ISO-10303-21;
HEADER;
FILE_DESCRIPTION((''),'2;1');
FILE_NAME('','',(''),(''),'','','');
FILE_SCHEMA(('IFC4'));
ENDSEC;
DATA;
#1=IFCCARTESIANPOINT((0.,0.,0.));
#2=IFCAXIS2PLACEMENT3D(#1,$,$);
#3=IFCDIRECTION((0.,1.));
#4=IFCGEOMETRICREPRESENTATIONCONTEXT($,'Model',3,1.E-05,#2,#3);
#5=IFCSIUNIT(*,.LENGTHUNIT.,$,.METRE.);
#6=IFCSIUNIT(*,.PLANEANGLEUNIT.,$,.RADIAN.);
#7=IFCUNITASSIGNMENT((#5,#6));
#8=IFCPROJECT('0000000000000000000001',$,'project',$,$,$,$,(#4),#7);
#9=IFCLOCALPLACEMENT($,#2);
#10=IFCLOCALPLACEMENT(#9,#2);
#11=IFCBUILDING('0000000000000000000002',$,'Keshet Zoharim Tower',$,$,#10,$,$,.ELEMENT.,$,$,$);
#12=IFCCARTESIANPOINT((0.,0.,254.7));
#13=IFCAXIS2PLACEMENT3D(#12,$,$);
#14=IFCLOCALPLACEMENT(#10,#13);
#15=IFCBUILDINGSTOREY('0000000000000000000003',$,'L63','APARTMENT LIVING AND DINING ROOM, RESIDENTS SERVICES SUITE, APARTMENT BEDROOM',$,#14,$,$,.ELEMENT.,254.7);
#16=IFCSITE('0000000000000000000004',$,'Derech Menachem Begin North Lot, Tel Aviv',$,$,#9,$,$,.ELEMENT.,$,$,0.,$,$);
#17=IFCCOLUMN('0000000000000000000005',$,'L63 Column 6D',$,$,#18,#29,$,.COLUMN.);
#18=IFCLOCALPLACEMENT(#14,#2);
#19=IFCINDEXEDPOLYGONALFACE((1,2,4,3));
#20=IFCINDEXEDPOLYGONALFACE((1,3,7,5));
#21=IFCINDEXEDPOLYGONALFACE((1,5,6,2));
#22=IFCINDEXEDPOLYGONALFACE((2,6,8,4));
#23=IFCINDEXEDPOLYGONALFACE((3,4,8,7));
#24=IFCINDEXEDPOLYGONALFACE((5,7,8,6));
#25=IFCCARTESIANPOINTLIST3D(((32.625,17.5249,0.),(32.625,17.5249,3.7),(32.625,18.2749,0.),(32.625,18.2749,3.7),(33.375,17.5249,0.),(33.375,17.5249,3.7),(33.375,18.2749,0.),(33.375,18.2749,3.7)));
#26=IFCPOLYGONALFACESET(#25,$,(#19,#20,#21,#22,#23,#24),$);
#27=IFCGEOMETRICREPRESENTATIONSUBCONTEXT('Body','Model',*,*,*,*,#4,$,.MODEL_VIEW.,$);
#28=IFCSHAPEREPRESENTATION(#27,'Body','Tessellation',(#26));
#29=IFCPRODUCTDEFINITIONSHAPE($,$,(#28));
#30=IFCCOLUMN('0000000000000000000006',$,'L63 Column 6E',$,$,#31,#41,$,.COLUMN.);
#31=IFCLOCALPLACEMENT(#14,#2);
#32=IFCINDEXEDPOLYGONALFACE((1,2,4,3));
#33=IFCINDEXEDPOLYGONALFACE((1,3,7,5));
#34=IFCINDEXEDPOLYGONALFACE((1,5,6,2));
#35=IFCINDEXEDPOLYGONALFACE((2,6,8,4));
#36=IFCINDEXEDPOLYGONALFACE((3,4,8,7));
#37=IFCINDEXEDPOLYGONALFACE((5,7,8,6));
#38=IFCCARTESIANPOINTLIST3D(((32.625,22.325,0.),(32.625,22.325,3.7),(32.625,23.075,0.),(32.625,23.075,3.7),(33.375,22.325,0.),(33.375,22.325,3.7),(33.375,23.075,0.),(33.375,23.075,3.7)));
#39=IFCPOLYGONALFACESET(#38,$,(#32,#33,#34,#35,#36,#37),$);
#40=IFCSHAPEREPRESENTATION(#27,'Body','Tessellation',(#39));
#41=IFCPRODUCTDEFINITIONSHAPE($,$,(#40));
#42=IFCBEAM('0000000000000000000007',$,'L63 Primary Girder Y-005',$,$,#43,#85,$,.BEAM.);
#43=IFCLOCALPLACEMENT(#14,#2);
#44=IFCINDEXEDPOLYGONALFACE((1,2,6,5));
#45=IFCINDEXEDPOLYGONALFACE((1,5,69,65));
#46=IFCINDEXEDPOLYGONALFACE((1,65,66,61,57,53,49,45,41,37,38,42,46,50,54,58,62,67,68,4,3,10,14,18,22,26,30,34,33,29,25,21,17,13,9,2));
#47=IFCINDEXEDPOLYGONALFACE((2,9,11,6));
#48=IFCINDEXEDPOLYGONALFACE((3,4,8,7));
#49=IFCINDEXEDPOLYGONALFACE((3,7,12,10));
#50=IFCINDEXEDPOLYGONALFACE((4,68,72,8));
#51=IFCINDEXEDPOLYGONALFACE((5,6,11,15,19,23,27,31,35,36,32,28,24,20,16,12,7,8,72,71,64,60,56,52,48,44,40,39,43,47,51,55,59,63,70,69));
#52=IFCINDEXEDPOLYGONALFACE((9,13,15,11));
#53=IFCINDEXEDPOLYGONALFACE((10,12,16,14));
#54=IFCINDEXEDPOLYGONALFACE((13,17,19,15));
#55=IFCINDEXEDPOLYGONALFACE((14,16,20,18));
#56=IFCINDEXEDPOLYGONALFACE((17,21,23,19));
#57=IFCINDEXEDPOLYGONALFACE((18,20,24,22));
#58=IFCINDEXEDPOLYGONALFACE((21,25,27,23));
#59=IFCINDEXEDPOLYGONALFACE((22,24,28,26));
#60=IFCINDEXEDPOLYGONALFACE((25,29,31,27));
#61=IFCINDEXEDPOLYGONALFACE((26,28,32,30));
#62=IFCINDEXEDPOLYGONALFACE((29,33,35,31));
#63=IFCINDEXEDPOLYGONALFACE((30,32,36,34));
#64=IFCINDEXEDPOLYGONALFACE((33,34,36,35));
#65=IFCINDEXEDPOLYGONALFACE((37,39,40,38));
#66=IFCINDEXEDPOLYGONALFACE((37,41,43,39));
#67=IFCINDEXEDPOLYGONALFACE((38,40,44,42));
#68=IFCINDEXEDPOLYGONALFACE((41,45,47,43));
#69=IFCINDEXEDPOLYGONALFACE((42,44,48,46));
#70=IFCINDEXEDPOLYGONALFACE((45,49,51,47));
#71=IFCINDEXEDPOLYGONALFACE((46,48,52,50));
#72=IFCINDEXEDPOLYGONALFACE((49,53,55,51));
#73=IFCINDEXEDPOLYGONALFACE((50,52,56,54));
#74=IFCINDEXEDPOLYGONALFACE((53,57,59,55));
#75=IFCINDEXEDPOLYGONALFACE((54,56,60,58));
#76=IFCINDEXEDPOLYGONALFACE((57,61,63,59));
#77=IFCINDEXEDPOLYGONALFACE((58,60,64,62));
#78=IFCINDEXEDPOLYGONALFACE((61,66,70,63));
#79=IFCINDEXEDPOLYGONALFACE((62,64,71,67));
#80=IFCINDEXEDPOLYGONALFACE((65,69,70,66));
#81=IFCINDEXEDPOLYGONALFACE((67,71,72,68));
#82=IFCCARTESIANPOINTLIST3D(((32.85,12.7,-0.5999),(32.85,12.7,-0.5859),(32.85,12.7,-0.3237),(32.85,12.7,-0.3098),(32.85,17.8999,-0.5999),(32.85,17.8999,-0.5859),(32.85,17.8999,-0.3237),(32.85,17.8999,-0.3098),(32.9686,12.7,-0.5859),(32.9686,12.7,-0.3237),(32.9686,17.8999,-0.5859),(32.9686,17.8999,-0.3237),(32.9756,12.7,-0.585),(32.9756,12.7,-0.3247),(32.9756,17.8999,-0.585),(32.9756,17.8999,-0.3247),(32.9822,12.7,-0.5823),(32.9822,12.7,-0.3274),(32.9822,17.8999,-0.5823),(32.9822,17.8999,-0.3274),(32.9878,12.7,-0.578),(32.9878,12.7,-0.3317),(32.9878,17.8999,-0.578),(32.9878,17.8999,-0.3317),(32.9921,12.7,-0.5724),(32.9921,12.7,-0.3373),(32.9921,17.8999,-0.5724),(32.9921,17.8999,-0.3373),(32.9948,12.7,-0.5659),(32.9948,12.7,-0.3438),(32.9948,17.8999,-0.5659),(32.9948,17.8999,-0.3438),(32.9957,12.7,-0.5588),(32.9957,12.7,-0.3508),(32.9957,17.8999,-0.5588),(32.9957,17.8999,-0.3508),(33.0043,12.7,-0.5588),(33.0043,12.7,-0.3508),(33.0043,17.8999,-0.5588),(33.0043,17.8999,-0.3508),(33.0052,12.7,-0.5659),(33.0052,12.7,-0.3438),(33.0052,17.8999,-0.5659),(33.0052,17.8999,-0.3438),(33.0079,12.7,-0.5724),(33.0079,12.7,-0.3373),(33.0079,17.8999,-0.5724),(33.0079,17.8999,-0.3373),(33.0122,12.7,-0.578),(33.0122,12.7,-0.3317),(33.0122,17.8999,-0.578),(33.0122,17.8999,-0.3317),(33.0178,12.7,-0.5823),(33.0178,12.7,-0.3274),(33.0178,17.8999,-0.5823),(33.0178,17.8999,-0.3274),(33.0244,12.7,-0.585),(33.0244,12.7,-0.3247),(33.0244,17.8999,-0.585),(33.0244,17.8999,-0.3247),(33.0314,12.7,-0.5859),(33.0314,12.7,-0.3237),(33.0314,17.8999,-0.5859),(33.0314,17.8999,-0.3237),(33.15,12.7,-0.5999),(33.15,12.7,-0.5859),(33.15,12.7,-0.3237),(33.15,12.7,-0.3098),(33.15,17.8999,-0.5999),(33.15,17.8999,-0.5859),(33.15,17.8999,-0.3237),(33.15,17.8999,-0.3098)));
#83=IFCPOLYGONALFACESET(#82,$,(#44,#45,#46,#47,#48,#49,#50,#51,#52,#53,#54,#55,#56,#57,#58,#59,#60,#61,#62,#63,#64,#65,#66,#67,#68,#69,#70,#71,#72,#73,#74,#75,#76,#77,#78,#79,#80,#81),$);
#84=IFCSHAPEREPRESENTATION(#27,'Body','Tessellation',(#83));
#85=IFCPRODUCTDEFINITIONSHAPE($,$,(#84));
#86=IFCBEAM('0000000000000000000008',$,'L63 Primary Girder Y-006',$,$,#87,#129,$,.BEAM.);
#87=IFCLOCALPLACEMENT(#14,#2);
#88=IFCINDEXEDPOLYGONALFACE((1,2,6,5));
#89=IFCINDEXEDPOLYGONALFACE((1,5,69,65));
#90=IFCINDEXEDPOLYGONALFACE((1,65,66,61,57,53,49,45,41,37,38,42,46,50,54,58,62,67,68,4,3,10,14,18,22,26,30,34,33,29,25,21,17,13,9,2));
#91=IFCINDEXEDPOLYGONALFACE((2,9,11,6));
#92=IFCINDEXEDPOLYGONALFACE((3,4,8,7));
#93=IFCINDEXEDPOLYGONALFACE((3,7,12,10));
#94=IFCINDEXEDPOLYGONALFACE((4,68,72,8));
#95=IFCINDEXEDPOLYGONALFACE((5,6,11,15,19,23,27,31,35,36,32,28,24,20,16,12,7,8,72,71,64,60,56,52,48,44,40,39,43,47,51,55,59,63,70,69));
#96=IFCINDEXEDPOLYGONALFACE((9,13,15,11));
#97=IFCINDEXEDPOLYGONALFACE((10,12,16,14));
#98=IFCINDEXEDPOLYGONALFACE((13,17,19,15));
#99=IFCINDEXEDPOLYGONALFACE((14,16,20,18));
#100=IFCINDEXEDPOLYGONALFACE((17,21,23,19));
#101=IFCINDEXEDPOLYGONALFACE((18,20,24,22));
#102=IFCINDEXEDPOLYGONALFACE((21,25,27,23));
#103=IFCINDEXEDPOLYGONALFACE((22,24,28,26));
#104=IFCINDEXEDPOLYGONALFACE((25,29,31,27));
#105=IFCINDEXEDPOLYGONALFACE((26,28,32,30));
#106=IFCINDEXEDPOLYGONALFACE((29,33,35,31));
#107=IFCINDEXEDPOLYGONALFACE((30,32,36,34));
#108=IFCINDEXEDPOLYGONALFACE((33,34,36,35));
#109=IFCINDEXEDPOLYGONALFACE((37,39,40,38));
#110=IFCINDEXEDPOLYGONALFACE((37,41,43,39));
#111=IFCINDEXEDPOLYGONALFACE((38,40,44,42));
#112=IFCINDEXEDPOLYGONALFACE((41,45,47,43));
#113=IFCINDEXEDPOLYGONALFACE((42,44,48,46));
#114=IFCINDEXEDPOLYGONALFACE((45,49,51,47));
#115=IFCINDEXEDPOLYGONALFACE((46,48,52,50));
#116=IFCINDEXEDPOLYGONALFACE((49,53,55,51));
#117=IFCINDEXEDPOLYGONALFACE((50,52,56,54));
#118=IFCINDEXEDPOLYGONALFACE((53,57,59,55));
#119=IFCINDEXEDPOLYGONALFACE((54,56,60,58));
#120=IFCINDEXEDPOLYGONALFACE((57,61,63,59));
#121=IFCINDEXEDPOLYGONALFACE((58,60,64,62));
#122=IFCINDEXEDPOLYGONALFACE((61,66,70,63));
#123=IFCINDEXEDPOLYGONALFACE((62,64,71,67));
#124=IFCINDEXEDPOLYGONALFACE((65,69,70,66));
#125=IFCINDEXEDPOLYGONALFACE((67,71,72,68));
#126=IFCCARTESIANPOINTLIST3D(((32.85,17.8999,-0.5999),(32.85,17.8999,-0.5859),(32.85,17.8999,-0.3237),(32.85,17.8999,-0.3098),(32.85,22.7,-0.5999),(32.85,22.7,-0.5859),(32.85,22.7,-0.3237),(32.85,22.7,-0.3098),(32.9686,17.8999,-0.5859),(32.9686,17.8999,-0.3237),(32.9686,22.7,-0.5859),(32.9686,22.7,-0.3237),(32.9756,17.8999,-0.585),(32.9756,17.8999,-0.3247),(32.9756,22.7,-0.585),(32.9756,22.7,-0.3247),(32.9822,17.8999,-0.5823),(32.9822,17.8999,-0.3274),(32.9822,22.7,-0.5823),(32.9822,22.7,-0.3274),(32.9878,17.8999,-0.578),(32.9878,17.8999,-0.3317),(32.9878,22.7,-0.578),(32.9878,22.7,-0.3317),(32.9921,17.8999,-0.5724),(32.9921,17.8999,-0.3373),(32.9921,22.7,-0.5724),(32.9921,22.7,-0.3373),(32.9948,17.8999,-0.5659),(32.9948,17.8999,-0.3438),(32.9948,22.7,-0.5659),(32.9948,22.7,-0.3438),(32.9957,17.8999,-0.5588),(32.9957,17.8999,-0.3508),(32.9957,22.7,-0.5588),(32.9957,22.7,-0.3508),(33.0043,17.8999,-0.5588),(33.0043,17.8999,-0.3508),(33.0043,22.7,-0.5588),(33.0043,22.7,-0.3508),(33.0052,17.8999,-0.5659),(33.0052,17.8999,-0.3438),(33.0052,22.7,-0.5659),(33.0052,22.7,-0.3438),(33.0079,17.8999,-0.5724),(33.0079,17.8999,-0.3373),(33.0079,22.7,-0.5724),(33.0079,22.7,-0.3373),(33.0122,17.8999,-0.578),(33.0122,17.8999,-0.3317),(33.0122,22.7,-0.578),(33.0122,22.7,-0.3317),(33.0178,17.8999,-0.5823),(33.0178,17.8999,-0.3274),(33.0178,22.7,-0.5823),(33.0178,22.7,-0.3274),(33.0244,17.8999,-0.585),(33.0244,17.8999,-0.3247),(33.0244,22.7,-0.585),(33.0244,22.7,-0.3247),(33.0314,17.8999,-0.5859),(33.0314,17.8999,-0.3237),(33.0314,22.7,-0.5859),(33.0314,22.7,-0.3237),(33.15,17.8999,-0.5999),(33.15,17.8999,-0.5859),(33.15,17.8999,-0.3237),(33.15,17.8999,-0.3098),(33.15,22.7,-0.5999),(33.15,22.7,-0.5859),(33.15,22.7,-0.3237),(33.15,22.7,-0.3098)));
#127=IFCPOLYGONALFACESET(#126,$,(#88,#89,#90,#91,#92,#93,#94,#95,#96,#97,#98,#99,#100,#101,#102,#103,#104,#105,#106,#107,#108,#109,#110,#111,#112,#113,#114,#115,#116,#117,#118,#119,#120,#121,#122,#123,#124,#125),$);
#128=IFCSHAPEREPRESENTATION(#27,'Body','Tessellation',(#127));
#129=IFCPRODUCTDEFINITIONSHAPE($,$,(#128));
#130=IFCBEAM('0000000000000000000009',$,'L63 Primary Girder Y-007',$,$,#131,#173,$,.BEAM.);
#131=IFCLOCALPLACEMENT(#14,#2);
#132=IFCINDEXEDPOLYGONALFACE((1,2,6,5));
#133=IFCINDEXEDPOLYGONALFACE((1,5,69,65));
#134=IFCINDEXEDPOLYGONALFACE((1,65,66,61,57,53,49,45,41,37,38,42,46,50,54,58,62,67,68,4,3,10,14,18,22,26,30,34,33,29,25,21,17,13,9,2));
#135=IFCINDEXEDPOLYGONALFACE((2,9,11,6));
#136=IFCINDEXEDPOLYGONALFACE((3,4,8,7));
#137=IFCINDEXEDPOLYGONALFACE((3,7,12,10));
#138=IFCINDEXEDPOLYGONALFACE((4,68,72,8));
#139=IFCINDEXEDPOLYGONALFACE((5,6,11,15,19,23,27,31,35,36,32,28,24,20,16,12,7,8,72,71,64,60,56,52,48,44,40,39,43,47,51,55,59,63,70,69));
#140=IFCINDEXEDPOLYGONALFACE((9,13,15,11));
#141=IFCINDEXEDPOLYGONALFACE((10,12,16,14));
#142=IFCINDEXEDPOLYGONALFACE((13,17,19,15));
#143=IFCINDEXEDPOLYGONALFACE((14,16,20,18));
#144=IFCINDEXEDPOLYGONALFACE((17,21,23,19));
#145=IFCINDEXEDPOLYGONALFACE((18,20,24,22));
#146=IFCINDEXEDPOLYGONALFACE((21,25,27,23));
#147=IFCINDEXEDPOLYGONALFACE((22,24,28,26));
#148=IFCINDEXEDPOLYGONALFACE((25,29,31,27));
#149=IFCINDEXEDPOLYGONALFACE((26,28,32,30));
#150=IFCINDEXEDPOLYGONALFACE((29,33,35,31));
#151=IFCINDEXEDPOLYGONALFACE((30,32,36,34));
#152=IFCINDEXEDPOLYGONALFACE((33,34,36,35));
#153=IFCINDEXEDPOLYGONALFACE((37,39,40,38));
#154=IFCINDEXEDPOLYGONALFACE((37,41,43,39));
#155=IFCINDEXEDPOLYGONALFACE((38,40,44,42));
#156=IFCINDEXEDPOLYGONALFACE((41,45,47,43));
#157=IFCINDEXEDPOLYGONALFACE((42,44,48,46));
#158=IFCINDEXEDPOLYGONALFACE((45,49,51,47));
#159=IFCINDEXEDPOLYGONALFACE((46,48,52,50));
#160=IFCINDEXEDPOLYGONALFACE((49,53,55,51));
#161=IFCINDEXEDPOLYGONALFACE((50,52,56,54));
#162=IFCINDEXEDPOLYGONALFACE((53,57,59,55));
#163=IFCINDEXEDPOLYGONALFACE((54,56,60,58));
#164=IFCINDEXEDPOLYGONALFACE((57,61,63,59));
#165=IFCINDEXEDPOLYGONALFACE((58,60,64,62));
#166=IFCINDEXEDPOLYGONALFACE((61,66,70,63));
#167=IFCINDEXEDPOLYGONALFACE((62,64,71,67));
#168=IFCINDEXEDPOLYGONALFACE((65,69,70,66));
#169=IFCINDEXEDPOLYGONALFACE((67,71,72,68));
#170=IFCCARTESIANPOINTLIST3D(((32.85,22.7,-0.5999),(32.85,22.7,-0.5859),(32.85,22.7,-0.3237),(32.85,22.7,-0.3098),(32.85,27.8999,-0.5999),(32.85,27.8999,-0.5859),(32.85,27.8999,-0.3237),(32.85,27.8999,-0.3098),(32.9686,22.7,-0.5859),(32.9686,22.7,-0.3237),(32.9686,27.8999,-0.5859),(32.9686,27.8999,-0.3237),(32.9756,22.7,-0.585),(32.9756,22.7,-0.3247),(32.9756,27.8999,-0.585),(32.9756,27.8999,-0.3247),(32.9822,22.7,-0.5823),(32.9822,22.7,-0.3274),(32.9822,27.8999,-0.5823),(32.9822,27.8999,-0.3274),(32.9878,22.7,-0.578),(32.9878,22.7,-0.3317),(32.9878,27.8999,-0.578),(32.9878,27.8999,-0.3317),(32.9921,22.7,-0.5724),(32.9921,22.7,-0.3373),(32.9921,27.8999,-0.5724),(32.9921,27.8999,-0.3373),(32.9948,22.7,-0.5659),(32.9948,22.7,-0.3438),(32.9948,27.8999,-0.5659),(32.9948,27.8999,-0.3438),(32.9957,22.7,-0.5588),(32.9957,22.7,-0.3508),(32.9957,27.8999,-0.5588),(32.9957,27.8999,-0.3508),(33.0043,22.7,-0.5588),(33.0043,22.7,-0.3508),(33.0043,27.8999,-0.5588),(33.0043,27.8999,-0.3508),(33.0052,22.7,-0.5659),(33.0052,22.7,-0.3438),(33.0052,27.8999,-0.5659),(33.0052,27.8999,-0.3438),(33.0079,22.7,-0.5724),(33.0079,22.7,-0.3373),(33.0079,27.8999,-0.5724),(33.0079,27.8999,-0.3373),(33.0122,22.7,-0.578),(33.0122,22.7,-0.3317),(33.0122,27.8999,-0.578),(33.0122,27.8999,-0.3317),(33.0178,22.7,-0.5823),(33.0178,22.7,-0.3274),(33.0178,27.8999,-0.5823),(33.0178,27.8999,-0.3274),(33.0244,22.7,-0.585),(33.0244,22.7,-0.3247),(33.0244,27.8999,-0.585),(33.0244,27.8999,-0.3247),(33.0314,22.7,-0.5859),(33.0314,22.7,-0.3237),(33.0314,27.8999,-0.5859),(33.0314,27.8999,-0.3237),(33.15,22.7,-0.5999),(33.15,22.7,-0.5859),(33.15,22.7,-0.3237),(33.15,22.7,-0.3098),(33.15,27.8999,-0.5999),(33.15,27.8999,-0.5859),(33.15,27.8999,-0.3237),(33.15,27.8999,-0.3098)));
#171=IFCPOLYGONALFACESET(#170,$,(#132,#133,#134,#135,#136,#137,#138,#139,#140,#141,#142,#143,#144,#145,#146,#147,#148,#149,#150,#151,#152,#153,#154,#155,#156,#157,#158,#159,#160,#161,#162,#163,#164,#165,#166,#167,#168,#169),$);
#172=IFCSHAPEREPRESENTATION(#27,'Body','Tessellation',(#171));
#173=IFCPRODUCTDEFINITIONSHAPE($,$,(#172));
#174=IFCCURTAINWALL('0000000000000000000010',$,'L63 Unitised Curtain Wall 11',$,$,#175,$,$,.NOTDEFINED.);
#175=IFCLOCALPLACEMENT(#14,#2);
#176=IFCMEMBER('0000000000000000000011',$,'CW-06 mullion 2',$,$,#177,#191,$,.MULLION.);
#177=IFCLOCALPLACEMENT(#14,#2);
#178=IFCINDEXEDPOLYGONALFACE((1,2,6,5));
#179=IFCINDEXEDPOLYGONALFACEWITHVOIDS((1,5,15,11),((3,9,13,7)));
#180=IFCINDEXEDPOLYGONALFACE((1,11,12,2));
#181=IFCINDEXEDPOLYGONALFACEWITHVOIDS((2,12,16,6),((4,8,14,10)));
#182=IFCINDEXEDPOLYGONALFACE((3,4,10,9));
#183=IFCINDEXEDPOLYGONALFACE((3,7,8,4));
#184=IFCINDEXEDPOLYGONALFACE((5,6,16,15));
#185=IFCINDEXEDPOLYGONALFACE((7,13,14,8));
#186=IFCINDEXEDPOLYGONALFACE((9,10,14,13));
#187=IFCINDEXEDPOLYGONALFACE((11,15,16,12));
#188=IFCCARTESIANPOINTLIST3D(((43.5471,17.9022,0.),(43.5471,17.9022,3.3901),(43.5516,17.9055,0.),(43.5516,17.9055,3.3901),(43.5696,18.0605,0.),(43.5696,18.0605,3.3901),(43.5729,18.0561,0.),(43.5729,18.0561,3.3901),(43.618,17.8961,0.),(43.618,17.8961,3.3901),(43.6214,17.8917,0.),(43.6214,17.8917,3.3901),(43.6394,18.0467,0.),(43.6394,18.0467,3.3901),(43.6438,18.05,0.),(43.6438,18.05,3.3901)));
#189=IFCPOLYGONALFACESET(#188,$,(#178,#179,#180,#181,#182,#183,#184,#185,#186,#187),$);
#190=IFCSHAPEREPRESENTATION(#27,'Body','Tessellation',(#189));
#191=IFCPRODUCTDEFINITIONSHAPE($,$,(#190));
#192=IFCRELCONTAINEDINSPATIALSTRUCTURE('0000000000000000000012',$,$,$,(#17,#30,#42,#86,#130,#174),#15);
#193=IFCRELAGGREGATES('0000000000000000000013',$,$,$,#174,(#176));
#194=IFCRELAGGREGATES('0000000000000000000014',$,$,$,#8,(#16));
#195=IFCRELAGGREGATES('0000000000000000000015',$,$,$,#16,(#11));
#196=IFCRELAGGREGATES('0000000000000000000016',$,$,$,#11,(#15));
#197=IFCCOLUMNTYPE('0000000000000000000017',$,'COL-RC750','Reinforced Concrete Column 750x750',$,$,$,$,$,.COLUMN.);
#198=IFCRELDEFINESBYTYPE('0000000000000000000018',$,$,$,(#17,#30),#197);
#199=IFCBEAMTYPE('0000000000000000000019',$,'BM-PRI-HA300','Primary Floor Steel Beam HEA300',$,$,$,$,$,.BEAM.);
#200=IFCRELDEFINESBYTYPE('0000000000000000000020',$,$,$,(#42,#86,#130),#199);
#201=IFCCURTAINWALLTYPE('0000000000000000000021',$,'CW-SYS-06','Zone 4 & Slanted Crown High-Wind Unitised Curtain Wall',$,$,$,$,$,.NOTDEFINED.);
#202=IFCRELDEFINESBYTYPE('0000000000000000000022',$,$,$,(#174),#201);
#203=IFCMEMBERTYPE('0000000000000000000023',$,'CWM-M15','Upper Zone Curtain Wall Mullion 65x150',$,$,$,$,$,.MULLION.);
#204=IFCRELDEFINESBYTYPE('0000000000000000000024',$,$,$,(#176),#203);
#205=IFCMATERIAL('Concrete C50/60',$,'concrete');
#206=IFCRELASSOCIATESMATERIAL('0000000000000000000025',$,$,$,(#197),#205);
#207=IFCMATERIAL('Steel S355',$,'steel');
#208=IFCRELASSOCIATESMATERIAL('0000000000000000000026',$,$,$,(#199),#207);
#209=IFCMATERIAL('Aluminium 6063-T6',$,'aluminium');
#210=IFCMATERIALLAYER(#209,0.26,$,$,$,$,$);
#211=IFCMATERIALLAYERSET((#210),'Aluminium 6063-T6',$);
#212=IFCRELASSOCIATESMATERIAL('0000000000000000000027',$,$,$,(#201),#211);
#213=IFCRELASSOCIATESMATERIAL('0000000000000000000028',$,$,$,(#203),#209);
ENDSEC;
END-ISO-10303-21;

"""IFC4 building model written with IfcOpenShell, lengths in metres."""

from ifc_helpers import new_model, si_unit, direction, frame, origin, origin_2d, place, context, subcontext, project, spatial, rectangle, hollow_rectangle, i_section, extrude, material, layer, layer_set, material_profile, profile_set, type_object, element, aggregate, save


model = new_model("IFC4")

# Units and contexts
model_context = context("Model", 3, precision=1e-05, world=origin(), true_north=direction((0.0, 1.0)))
body_context = subcontext(model_context, "Body", "Model", "MODEL_VIEW")
ifc_project = project(units=[si_unit("LENGTHUNIT", "METRE"), si_unit("PLANEANGLEUNIT", "RADIAN")], contexts=[model_context])

# Site, building, storey
site_placement = place(None, origin())
site = spatial("IfcSite", under=ifc_project, at=site_placement, Name="Derech Menachem Begin North Lot, Tel Aviv", CompositionType="ELEMENT", RefElevation=0.0)
building_placement = place(site_placement, origin())
building = spatial("IfcBuilding", under=site, at=building_placement, Name="Keshet Zoharim Tower", CompositionType="ELEMENT")
storey_placement = place(building_placement, frame((0.0, 0.0, 254.7)))
storey = spatial("IfcBuildingStorey", under=building, at=storey_placement, Name="L63", Description="APARTMENT LIVING AND DINING ROOM, RESIDENTS SERVICES SUITE, APARTMENT BEDROOM", CompositionType="ELEMENT", Elevation=254.7)

# Columns
ifc_material_1 = material(Name="Concrete C50/60", Category="concrete")
ifc_material_profile_1 = material_profile(ifc_material_1, rectangle(XDim=0.75, YDim=0.75, at=origin_2d()), Name="RC750x750")
ifc_profile_set_1 = profile_set([ifc_material_profile_1], Name="Concrete C50/60")
column_type = type_object("IfcColumnType", Name="COL-RC750", Description="Reinforced Concrete Column 750x750", PredefinedType="COLUMN", material=ifc_profile_set_1)
for number, where, z_axis, x_axis, name in (
    (1, (33.0, 17.8999, 0.0), (0.0, 0.0, 1.0), (1.0, 0.0, 0.0), "L63 Column 6D"),
    (2, (33.0, 22.7, 0.0), (0.0, 0.0, 1.0), (1.0, 0.0, 0.0), "L63 Column 6E"),
):
    element("IfcColumn", number, at=place(storey_placement, frame(where, z_axis=z_axis, x_axis=x_axis)), inside=storey, type_object=column_type, Name=name, PredefinedType="COLUMN", context=body_context, shape_type="SweptSolid", body=[
        extrude(rectangle(XDim=0.75, YDim=0.75, at=origin_2d()), origin(), (0.0, 0.0, 1.0), 3.7),
    ])

# Beams
ifc_material_2 = material(Name="Steel S355", Category="steel")
ifc_material_profile_2 = material_profile(ifc_material_2, i_section(OverallWidth=0.3, OverallDepth=0.29, WebThickness=0.0085, FlangeThickness=0.0139, FilletRadius=0.0271, at=origin_2d()), Name="HEA300")
ifc_profile_set_2 = profile_set([ifc_material_profile_2], Name="Steel S355")
beam_type = type_object("IfcBeamType", Name="BM-PRI-HA300", Description="Primary Floor Steel Beam HEA300", PredefinedType="BEAM", material=ifc_profile_set_2)
beam_1_placement = place(storey_placement, frame((33.0, 12.7, -0.4548), z_axis=(0.0, 1.0, 0.0), x_axis=(-1.0, 0.0, 0.0)))
element("IfcBeam", 3, at=beam_1_placement, inside=storey, type_object=beam_type, Name="L63 Primary Girder Y-005", PredefinedType="BEAM", context=body_context, shape_type="SweptSolid", body=[
    extrude(i_section(OverallWidth=0.3, OverallDepth=0.29, WebThickness=0.0085, FlangeThickness=0.0139, FilletRadius=0.0271, at=origin_2d()), origin(), (0.0, 0.0, 1.0), 5.2),
])
beam_2_placement = place(storey_placement, frame((33.0, 17.8999, -0.4548), z_axis=(0.0, 1.0, 0.0), x_axis=(-1.0, 0.0, 0.0)))
element("IfcBeam", 4, at=beam_2_placement, inside=storey, type_object=beam_type, Name="L63 Primary Girder Y-006", PredefinedType="BEAM", context=body_context, shape_type="SweptSolid", body=[
    extrude(i_section(OverallWidth=0.3, OverallDepth=0.29, WebThickness=0.0085, FlangeThickness=0.0139, FilletRadius=0.0271, at=origin_2d()), origin(), (0.0, 0.0, 1.0), 4.8),
])
beam_3_placement = place(storey_placement, frame((33.0, 22.7, -0.4548), z_axis=(0.0, 1.0, 0.0), x_axis=(-1.0, 0.0, 0.0)))
element("IfcBeam", 5, at=beam_3_placement, inside=storey, type_object=beam_type, Name="L63 Primary Girder Y-007", PredefinedType="BEAM", context=body_context, shape_type="SweptSolid", body=[
    extrude(i_section(OverallWidth=0.3, OverallDepth=0.29, WebThickness=0.0085, FlangeThickness=0.0139, FilletRadius=0.0271, at=origin_2d()), origin(), (0.0, 0.0, 1.0), 5.2),
])

# Curtain wall, member
ifc_material_3 = material(Name="Aluminium 6063-T6", Category="aluminium")
ifc_layer_1 = layer(ifc_material_3, 0.26)
ifc_layer_set_1 = layer_set([ifc_layer_1], Name="Aluminium 6063-T6")
curtain_wall_type = type_object("IfcCurtainWallType", Name="CW-SYS-06", Description="Zone 4 & Slanted Crown High-Wind Unitised Curtain Wall", PredefinedType="NOTDEFINED", material=ifc_layer_set_1)
curtain_wall_placement = place(storey_placement, origin())
curtain_wall = element("IfcCurtainWall", 6, at=curtain_wall_placement, inside=storey, type_object=curtain_wall_type, Name="L63 Unitised Curtain Wall 11", PredefinedType="NOTDEFINED")
ifc_material_profile_3 = material_profile(ifc_material_3, hollow_rectangle(XDim=0.075, YDim=0.1599, WallThickness=0.0039, at=origin_2d()), Name="MUL-75x160")
ifc_profile_set_3 = profile_set([ifc_material_profile_3], Name="Aluminium 6063-T6")
member_type_1 = type_object("IfcMemberType", Name="CWM-M15", Description="Upper Zone Curtain Wall Mullion 65x150", PredefinedType="MULLION", material=ifc_profile_set_3)
member_1_placement = place(storey_placement, frame((43.5955, 17.9761, 0.0), z_axis=(0.0, 0.0, 1.0), x_axis=(0.990132, -0.140137, 0.0)))
member_1 = element("IfcMember", 7, at=member_1_placement, type_object=member_type_1, Name="CW-06 mullion 2", PredefinedType="MULLION", context=body_context, shape_type="SweptSolid", body=[
    extrude(hollow_rectangle(XDim=0.075, YDim=0.1599, WallThickness=0.0039, at=origin_2d()), origin(), (0.0, 0.0, 1.0), 3.3901),
])
aggregate(curtain_wall, [member_1])

save(model, "model.ifc")
